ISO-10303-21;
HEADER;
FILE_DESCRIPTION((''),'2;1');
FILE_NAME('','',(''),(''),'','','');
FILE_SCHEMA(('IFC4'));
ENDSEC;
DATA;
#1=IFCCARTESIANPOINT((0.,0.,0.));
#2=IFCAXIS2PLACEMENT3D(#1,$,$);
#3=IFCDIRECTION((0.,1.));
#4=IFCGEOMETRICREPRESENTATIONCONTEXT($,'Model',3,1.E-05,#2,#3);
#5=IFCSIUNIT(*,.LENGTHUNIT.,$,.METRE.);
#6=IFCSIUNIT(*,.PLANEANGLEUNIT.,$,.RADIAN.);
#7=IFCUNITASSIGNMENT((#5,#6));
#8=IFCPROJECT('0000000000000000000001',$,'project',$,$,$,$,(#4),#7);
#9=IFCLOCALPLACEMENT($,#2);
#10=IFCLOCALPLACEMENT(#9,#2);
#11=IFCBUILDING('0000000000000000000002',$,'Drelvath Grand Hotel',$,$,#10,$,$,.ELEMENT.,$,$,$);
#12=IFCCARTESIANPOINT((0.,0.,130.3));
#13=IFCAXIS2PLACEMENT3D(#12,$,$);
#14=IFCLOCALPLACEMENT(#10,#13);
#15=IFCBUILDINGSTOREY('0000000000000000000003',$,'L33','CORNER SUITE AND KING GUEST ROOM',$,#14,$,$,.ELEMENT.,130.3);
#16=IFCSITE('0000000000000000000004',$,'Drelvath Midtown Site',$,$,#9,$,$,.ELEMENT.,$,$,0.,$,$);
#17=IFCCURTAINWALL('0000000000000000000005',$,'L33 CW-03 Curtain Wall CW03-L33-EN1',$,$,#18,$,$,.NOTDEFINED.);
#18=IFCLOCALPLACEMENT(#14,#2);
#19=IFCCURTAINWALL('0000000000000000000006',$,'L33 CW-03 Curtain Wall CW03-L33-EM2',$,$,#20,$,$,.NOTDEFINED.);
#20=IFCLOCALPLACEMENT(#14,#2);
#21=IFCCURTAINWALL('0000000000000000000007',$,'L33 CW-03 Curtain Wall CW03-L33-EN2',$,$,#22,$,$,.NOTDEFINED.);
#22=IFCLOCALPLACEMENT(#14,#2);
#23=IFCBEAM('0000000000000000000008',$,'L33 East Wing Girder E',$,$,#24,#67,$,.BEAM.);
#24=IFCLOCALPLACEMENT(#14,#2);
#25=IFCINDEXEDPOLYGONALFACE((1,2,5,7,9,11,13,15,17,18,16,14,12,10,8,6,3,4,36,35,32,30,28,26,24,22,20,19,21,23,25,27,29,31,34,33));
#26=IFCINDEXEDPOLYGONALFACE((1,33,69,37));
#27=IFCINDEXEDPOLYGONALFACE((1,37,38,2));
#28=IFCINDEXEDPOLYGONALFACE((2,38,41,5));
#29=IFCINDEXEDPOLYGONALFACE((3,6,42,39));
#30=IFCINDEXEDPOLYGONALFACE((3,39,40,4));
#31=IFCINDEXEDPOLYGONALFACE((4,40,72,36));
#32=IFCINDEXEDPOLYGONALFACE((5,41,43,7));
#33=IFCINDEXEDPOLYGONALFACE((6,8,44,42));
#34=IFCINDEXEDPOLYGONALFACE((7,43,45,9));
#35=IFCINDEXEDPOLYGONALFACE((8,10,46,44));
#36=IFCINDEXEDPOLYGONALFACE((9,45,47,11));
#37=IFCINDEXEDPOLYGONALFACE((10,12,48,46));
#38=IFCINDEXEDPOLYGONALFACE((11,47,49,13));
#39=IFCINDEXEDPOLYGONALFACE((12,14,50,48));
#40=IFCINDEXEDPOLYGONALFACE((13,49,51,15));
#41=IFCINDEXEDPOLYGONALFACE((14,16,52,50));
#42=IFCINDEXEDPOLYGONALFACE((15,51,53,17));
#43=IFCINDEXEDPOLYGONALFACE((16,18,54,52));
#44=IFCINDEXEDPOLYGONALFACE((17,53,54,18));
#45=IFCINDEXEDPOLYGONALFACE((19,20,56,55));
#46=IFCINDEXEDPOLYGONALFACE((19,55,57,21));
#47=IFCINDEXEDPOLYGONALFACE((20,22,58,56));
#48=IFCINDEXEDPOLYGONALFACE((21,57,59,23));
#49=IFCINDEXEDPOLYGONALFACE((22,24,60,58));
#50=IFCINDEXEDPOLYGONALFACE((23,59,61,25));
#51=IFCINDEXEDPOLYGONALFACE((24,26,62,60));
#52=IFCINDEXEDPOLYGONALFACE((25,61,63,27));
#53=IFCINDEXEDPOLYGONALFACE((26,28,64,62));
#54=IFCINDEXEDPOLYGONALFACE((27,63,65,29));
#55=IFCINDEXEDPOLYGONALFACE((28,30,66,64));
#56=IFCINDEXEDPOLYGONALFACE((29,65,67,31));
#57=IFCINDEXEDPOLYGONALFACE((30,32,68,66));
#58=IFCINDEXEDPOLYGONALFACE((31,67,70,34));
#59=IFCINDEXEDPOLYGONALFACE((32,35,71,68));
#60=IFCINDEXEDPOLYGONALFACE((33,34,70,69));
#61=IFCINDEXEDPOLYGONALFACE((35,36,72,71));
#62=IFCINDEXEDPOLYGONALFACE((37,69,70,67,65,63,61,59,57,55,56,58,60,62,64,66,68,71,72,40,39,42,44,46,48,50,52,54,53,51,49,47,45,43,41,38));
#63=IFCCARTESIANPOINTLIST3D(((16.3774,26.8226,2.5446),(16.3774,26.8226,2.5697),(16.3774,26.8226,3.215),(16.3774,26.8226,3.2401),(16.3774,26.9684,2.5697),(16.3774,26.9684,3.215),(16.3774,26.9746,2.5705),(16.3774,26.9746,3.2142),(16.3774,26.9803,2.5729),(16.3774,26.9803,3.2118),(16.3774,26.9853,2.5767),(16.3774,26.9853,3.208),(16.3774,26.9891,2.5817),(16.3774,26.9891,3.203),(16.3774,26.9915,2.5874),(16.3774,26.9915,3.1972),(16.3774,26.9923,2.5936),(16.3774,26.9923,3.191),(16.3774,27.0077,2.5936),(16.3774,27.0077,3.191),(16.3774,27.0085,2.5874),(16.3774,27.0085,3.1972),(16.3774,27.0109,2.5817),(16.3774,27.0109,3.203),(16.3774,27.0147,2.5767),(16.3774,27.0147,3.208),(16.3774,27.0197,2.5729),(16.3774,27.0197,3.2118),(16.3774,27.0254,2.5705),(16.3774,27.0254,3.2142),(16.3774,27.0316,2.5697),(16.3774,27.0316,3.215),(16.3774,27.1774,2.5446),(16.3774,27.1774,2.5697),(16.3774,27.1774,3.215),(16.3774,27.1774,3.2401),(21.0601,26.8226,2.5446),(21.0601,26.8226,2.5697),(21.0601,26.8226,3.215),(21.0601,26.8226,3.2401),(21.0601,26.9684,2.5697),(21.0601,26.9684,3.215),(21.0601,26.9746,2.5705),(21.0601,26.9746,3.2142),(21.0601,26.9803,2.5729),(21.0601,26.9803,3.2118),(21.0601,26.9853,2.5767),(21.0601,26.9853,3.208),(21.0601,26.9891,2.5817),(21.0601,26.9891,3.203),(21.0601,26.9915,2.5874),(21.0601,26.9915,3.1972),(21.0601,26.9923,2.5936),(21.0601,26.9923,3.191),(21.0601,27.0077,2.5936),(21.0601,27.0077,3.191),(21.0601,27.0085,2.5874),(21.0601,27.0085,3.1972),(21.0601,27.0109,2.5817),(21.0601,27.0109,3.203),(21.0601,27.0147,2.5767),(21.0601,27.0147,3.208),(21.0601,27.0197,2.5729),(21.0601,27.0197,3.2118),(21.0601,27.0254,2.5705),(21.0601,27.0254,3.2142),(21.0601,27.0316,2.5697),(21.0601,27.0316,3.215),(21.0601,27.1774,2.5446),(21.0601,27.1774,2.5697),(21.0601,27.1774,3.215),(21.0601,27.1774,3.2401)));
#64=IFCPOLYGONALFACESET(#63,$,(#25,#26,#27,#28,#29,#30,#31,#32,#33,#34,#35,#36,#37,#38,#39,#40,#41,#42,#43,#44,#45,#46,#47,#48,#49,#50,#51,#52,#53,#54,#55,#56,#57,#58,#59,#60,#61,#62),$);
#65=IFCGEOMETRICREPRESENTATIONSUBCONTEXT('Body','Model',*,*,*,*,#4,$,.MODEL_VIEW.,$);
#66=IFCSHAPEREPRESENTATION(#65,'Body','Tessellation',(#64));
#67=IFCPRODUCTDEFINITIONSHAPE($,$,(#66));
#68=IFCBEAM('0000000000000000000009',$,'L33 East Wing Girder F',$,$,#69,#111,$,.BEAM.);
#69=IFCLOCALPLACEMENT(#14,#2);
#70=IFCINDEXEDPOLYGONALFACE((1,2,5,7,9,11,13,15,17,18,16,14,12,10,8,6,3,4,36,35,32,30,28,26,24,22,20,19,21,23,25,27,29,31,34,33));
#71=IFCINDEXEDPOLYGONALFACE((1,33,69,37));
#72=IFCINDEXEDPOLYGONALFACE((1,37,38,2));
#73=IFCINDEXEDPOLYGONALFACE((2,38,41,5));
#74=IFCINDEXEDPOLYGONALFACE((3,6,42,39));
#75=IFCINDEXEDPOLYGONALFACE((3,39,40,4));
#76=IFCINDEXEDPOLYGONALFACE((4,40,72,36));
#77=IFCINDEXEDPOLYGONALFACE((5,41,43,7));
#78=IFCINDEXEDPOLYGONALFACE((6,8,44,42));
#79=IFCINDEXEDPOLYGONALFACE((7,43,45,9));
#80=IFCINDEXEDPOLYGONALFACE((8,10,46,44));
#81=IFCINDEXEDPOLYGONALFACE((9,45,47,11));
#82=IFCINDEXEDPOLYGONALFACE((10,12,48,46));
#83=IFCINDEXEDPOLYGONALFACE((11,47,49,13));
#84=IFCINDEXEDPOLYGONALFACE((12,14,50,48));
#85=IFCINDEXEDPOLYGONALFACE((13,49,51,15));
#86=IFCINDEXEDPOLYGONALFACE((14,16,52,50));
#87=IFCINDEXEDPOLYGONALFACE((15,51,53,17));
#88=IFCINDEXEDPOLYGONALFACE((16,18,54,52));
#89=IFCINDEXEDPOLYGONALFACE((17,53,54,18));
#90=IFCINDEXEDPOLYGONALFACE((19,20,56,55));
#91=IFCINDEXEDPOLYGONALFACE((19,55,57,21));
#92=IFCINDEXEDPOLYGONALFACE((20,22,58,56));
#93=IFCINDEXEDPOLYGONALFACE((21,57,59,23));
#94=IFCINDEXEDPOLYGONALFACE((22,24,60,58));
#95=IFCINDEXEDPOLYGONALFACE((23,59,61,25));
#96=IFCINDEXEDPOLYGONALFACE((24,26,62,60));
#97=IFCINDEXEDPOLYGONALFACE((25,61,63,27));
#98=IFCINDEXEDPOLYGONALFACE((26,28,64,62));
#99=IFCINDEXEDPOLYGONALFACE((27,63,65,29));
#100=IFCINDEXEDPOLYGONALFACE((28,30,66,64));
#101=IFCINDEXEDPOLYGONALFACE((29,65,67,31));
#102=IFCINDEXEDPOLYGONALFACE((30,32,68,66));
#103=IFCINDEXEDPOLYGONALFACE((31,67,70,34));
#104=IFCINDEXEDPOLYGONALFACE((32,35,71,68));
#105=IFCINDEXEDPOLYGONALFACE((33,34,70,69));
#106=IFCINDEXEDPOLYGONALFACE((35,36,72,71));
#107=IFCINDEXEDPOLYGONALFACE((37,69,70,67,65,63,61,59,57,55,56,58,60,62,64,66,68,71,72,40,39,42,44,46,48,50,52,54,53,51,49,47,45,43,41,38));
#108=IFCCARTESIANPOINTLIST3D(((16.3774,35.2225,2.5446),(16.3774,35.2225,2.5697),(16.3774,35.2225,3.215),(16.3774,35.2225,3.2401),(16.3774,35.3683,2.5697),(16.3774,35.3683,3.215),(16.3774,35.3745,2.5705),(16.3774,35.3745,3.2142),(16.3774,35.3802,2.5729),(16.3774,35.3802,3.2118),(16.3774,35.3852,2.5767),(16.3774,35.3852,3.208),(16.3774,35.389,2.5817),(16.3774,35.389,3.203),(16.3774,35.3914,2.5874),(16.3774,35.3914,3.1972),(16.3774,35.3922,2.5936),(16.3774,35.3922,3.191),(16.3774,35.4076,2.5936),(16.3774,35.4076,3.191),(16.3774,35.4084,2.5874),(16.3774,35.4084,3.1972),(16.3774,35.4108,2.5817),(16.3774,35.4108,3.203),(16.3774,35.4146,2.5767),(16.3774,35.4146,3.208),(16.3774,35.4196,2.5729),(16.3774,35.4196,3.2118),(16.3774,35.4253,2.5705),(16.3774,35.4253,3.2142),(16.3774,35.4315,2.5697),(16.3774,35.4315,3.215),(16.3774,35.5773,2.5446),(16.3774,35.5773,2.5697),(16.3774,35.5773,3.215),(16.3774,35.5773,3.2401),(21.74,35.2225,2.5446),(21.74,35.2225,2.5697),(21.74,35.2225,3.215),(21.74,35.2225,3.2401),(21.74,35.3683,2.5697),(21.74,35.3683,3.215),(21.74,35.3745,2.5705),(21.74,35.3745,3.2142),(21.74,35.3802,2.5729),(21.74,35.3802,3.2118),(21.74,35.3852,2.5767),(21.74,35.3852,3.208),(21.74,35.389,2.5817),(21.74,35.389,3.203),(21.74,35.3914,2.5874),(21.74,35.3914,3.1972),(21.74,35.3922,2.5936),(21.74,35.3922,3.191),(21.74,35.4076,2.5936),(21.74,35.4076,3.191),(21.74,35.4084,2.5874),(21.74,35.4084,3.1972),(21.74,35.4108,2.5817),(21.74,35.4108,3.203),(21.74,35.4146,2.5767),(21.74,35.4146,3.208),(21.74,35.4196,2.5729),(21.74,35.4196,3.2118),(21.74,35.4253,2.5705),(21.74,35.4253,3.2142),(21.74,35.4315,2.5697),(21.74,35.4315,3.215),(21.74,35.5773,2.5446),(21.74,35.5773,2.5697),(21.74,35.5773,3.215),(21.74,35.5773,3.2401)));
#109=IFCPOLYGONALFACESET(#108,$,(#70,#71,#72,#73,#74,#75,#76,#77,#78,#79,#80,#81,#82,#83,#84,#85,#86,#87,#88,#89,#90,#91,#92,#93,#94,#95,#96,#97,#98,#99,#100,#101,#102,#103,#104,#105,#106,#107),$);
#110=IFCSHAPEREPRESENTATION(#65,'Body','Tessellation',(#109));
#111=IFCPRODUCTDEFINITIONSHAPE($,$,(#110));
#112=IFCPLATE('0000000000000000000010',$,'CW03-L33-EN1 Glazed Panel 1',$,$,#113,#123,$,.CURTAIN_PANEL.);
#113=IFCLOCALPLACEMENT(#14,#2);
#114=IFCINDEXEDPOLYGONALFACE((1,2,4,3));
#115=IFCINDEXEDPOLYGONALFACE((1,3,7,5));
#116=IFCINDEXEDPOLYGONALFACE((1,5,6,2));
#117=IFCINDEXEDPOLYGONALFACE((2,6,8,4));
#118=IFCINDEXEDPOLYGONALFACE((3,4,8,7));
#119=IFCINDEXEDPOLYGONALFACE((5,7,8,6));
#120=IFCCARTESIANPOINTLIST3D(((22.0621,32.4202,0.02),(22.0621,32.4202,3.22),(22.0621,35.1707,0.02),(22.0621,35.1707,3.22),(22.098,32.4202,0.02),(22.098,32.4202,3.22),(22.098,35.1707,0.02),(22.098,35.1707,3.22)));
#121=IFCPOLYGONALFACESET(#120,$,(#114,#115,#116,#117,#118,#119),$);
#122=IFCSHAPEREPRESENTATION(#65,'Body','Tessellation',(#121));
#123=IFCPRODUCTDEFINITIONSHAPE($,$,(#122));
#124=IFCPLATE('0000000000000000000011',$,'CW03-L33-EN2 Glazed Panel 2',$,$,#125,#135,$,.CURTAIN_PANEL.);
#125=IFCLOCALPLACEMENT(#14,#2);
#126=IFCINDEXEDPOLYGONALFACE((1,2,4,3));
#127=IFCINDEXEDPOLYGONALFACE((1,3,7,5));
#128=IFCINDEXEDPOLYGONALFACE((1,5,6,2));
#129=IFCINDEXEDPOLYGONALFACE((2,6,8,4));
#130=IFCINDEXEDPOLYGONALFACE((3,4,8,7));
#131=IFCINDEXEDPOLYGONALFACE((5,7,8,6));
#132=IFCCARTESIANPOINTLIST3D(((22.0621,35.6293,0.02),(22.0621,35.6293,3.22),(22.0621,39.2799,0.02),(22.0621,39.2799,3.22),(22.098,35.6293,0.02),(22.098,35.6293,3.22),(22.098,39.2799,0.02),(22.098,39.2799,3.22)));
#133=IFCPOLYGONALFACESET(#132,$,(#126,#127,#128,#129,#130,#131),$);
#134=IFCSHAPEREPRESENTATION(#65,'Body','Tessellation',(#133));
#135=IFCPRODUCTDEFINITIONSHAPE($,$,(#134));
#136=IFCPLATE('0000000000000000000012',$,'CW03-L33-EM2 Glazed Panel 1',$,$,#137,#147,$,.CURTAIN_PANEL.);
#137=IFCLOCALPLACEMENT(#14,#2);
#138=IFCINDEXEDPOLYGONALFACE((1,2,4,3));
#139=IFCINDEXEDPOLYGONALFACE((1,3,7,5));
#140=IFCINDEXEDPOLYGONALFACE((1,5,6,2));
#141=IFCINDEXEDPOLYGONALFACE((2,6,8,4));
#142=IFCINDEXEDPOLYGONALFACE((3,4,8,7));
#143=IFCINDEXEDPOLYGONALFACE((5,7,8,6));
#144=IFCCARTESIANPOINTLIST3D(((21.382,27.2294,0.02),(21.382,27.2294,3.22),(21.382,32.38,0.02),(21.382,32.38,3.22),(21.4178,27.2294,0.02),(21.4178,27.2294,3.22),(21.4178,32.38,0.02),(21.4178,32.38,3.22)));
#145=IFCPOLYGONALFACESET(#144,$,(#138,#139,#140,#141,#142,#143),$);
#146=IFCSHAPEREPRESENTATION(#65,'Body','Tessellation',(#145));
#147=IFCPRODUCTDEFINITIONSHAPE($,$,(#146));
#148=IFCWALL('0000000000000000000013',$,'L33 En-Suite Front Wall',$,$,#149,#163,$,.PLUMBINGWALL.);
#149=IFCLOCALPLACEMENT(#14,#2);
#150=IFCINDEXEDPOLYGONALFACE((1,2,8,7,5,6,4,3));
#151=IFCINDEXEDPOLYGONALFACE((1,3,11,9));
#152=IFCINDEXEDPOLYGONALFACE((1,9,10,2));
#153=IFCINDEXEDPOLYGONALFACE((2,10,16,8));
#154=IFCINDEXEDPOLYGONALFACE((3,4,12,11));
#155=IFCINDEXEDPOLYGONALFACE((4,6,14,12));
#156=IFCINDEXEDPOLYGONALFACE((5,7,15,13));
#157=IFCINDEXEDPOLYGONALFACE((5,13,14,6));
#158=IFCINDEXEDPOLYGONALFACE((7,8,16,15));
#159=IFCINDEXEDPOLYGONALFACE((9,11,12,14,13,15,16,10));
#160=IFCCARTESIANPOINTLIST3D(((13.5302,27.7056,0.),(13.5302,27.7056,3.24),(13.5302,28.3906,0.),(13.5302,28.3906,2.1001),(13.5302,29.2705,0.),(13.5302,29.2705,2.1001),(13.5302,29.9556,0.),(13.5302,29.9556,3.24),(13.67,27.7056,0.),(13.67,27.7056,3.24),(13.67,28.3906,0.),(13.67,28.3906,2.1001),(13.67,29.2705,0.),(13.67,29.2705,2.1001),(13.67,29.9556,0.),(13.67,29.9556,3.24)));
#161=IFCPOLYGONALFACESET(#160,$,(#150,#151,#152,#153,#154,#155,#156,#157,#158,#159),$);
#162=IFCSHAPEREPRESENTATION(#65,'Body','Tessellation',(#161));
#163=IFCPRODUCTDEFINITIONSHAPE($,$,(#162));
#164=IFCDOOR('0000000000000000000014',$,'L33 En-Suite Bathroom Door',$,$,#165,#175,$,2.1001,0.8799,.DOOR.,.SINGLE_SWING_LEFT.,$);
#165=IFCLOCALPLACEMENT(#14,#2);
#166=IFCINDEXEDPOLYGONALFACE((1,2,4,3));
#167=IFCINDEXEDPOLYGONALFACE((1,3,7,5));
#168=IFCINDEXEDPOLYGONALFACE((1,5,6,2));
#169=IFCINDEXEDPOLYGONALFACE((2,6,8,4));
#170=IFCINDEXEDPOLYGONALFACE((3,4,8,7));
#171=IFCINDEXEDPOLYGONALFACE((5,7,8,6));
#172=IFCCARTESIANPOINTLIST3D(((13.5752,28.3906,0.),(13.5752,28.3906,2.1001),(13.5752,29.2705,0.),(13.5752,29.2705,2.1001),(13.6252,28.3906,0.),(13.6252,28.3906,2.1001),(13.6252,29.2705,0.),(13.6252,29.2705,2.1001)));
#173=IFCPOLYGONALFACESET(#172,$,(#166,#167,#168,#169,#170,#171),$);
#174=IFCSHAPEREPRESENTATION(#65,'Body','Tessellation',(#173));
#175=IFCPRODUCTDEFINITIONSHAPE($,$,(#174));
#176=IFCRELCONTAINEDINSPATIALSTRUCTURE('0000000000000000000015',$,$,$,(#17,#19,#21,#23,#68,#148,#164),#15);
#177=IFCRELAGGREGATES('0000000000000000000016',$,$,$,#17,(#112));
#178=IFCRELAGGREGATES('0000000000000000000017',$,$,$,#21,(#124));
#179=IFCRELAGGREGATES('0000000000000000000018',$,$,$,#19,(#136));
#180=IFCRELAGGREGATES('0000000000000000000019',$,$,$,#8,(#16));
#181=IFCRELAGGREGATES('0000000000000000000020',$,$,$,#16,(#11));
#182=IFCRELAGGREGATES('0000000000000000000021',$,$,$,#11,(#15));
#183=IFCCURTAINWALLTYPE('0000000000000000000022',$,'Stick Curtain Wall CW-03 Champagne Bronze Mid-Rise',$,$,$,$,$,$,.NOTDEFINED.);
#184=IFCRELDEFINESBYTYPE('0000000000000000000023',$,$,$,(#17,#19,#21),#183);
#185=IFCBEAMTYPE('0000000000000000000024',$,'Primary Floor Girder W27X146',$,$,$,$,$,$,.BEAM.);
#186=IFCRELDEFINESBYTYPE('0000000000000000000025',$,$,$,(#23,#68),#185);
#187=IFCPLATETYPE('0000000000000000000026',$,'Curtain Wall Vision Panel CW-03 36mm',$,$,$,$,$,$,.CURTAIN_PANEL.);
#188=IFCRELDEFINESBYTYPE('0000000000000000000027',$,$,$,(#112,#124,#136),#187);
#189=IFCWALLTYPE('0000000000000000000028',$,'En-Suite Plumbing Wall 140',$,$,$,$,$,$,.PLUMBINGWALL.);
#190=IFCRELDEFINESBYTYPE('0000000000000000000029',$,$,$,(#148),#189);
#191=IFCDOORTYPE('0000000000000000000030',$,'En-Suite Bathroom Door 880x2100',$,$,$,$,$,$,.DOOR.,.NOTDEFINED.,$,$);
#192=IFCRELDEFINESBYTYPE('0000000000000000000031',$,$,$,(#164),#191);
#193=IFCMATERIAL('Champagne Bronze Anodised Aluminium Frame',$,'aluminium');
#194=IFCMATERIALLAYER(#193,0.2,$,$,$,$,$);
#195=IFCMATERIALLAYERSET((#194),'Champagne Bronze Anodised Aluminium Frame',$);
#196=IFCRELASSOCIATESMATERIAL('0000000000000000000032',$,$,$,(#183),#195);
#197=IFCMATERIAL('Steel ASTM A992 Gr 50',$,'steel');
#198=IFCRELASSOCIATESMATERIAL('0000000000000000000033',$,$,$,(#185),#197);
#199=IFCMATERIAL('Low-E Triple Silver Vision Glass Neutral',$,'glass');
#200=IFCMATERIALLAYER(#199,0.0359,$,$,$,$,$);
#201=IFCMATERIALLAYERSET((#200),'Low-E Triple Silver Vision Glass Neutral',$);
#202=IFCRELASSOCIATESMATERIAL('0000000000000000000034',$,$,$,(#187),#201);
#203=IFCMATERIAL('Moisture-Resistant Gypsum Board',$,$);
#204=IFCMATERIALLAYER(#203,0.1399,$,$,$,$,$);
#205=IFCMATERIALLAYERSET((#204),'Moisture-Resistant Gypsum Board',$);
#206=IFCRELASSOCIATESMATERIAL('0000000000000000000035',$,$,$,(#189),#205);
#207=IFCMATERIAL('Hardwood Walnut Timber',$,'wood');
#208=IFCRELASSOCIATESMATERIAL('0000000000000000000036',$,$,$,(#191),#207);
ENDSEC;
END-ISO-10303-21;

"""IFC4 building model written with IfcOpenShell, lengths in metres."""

from ifc_helpers import new_model, si_unit, direction, frame, frame_2d, origin, origin_2d, place, context, subcontext, project, spatial, rectangle, i_section, extrude, material, layer, layer_set, material_profile, profile_set, type_object, element, fill, aggregate, save


model = new_model("IFC4")

# Units and contexts
model_context = context("Model", 3, precision=1e-05, world=origin(), true_north=direction((0.0, 1.0)))
body_context = subcontext(model_context, "Body", "Model", "MODEL_VIEW")
ifc_project = project(units=[si_unit("LENGTHUNIT", "METRE"), si_unit("PLANEANGLEUNIT", "RADIAN")], contexts=[model_context])

# Site, building, storey
site_placement = place(None, origin())
site = spatial("IfcSite", under=ifc_project, at=site_placement, Name="Drelvath Midtown Site", CompositionType="ELEMENT", RefElevation=0.0)
building_placement = place(site_placement, origin())
building = spatial("IfcBuilding", under=site, at=building_placement, Name="Drelvath Grand Hotel", CompositionType="ELEMENT")
storey_placement = place(building_placement, frame((0.0, 0.0, 130.3)))
storey = spatial("IfcBuildingStorey", under=building, at=storey_placement, Name="L33", Description="CORNER SUITE AND KING GUEST ROOM", CompositionType="ELEMENT", Elevation=130.3)

# Curtain walls
ifc_material_1 = material(Name="Champagne Bronze Anodised Aluminium Frame", Category="aluminium")
ifc_layer_1 = layer(ifc_material_1, 0.2)
ifc_layer_set_1 = layer_set([ifc_layer_1], Name="Champagne Bronze Anodised Aluminium Frame")
curtain_wall_type = type_object("IfcCurtainWallType", Name="Stick Curtain Wall CW-03 Champagne Bronze Mid-Rise", PredefinedType="NOTDEFINED", material=ifc_layer_set_1)
curtain_wall_1_placement = place(storey_placement, origin())
curtain_wall_1 = element("IfcCurtainWall", 1, at=curtain_wall_1_placement, inside=storey, type_object=curtain_wall_type, Name="L33 CW-03 Curtain Wall CW03-L33-EN1", PredefinedType="NOTDEFINED")
curtain_wall_2_placement = place(storey_placement, origin())
curtain_wall_2 = element("IfcCurtainWall", 2, at=curtain_wall_2_placement, inside=storey, type_object=curtain_wall_type, Name="L33 CW-03 Curtain Wall CW03-L33-EM2", PredefinedType="NOTDEFINED")

# Curtain wall
curtain_wall_3_placement = place(storey_placement, origin())
curtain_wall_3 = element("IfcCurtainWall", 3, at=curtain_wall_3_placement, inside=storey, type_object=curtain_wall_type, Name="L33 CW-03 Curtain Wall CW03-L33-EN2", PredefinedType="NOTDEFINED")

# Beams
ifc_material_2 = material(Name="Steel ASTM A992 Gr 50", Category="steel")
ifc_material_profile_1 = material_profile(ifc_material_2, i_section(OverallWidth=0.3547, OverallDepth=0.6956, WebThickness=0.0154, FlangeThickness=0.0251, FilletRadius=0.0239, at=origin_2d()), Name="W27X146")
ifc_profile_set_1 = profile_set([ifc_material_profile_1], Name="Steel ASTM A992 Gr 50")
beam_type_1 = type_object("IfcBeamType", Name="Primary Floor Girder W27X146", PredefinedType="BEAM", material=ifc_profile_set_1)
beam_1_placement = place(storey_placement, frame((16.3774, 27.0, 2.8923), z_axis=(1.0, 0.0, 0.0), x_axis=(0.0, 1.0, 0.0)))
element("IfcBeam", 4, at=beam_1_placement, inside=storey, type_object=beam_type_1, Name="L33 East Wing Girder E", PredefinedType="BEAM", context=body_context, shape_type="SweptSolid", body=[
    extrude(i_section(OverallWidth=0.3547, OverallDepth=0.6956, WebThickness=0.0154, FlangeThickness=0.0251, FilletRadius=0.0239, at=origin_2d()), origin(), (0.0, 0.0, 1.0), 4.6826),
])
beam_2_placement = place(storey_placement, frame((16.3774, 35.3999, 2.8923), z_axis=(1.0, 0.0, 0.0), x_axis=(0.0, 1.0, 0.0)))
element("IfcBeam", 5, at=beam_2_placement, inside=storey, type_object=beam_type_1, Name="L33 East Wing Girder F", PredefinedType="BEAM", context=body_context, shape_type="SweptSolid", body=[
    extrude(i_section(OverallWidth=0.3547, OverallDepth=0.6956, WebThickness=0.0154, FlangeThickness=0.0251, FilletRadius=0.0239, at=origin_2d()), origin(), (0.0, 0.0, 1.0), 5.3625),
])

# Plates
ifc_material_3 = material(Name="Low-E Triple Silver Vision Glass Neutral", Category="glass")
ifc_layer_2 = layer(ifc_material_3, 0.0359)
ifc_layer_set_2 = layer_set([ifc_layer_2], Name="Low-E Triple Silver Vision Glass Neutral")
plate_type = type_object("IfcPlateType", Name="Curtain Wall Vision Panel CW-03 36mm", PredefinedType="CURTAIN_PANEL", material=ifc_layer_set_2)
plate_1_placement = place(storey_placement, frame((22.0801, 33.7954, 0.02), z_axis=(0.0, 0.0, 1.0), x_axis=(0.0, -1.0, 0.0)))
plate_1 = element("IfcPlate", 6, at=plate_1_placement, type_object=plate_type, Name="CW03-L33-EN1 Glazed Panel 1", PredefinedType="CURTAIN_PANEL", context=body_context, shape_type="SweptSolid", body=[
    extrude(rectangle(XDim=2.7505, YDim=0.0359, at=origin_2d()), origin(), (0.0, 0.0, 1.0), 3.2),
])
aggregate(curtain_wall_1, [plate_1])
plate_2_placement = place(storey_placement, frame((22.0801, 37.4546, 0.02), z_axis=(0.0, 0.0, 1.0), x_axis=(0.0, -1.0, 0.0)))
plate_2 = element("IfcPlate", 7, at=plate_2_placement, type_object=plate_type, Name="CW03-L33-EN2 Glazed Panel 2", PredefinedType="CURTAIN_PANEL", context=body_context, shape_type="SweptSolid", body=[
    extrude(rectangle(XDim=3.6506, YDim=0.0359, at=origin_2d()), origin(), (0.0, 0.0, 1.0), 3.2),
])
aggregate(curtain_wall_3, [plate_2])
plate_3_placement = place(storey_placement, frame((21.3999, 29.8047, 0.02), z_axis=(0.0, 0.0, 1.0), x_axis=(0.0, -1.0, 0.0)))
plate_3 = element("IfcPlate", 8, at=plate_3_placement, type_object=plate_type, Name="CW03-L33-EM2 Glazed Panel 1", PredefinedType="CURTAIN_PANEL", context=body_context, shape_type="SweptSolid", body=[
    extrude(rectangle(XDim=5.1506, YDim=0.0359, at=origin_2d()), origin(), (0.0, 0.0, 1.0), 3.2),
])
aggregate(curtain_wall_2, [plate_3])

# Wall, opening, door
ifc_material_4 = material(Name="Moisture-Resistant Gypsum Board")
ifc_layer_3 = layer(ifc_material_4, 0.1399)
ifc_layer_set_3 = layer_set([ifc_layer_3], Name="Moisture-Resistant Gypsum Board")
wall_type_1 = type_object("IfcWallType", Name="En-Suite Plumbing Wall 140", PredefinedType="PLUMBINGWALL", material=ifc_layer_set_3)
wall_1_placement = place(storey_placement, frame((13.6001, 27.7056, 0.0), z_axis=(0.0, 0.0, 1.0), x_axis=(0.0, 1.0, 0.0)))
wall_1 = element("IfcWall", 9, at=wall_1_placement, inside=storey, type_object=wall_type_1, Name="L33 En-Suite Front Wall", PredefinedType="PLUMBINGWALL", context=body_context, shape_type="SweptSolid", body=[
    extrude(rectangle(XDim=2.25, YDim=0.1399, at=frame_2d((1.125, 0.0))), origin(), (0.0, 0.0, 1.0), 3.24),
])
opening_1_placement = place(wall_1_placement, frame((0.6851, 0.0, 0.0)))
opening_1 = element("IfcOpeningElement", 10, at=opening_1_placement, cuts=wall_1, PredefinedType="OPENING", context=body_context, shape_type="SweptSolid", body=[
    extrude(rectangle(XDim=0.8799, YDim=2.1001, at=frame_2d((0.4399, 1.05))), frame((0.0, 0.0798, 0.0), z_axis=(0.0, -1.0, 0.0), x_axis=(1.0, 0.0, 0.0)), (0.0, 0.0, 1.0), 0.1599),
])
ifc_material_5 = material(Name="Hardwood Walnut Timber", Category="wood")
door_type = type_object("IfcDoorType", Name="En-Suite Bathroom Door 880x2100", OperationType="NOTDEFINED", PredefinedType="DOOR", material=ifc_material_5)
door_1_placement = place(opening_1_placement, origin())
door_1 = element("IfcDoor", 11, at=door_1_placement, inside=storey, type_object=door_type, Name="L33 En-Suite Bathroom Door", OperationType="SINGLE_SWING_LEFT", OverallHeight=2.1001, OverallWidth=0.8799, PredefinedType="DOOR", context=body_context, shape_type="SweptSolid", body=[
    extrude(rectangle(XDim=0.8799, YDim=2.1001, at=frame_2d((0.4399, 1.05))), frame((0.0, 0.0249, 0.0), z_axis=(0.0, -1.0, 0.0), x_axis=(1.0, 0.0, 0.0)), (0.0, 0.0, 1.0), 0.05),
])
fill(opening_1, door_1)

save(model, "model.ifc")
